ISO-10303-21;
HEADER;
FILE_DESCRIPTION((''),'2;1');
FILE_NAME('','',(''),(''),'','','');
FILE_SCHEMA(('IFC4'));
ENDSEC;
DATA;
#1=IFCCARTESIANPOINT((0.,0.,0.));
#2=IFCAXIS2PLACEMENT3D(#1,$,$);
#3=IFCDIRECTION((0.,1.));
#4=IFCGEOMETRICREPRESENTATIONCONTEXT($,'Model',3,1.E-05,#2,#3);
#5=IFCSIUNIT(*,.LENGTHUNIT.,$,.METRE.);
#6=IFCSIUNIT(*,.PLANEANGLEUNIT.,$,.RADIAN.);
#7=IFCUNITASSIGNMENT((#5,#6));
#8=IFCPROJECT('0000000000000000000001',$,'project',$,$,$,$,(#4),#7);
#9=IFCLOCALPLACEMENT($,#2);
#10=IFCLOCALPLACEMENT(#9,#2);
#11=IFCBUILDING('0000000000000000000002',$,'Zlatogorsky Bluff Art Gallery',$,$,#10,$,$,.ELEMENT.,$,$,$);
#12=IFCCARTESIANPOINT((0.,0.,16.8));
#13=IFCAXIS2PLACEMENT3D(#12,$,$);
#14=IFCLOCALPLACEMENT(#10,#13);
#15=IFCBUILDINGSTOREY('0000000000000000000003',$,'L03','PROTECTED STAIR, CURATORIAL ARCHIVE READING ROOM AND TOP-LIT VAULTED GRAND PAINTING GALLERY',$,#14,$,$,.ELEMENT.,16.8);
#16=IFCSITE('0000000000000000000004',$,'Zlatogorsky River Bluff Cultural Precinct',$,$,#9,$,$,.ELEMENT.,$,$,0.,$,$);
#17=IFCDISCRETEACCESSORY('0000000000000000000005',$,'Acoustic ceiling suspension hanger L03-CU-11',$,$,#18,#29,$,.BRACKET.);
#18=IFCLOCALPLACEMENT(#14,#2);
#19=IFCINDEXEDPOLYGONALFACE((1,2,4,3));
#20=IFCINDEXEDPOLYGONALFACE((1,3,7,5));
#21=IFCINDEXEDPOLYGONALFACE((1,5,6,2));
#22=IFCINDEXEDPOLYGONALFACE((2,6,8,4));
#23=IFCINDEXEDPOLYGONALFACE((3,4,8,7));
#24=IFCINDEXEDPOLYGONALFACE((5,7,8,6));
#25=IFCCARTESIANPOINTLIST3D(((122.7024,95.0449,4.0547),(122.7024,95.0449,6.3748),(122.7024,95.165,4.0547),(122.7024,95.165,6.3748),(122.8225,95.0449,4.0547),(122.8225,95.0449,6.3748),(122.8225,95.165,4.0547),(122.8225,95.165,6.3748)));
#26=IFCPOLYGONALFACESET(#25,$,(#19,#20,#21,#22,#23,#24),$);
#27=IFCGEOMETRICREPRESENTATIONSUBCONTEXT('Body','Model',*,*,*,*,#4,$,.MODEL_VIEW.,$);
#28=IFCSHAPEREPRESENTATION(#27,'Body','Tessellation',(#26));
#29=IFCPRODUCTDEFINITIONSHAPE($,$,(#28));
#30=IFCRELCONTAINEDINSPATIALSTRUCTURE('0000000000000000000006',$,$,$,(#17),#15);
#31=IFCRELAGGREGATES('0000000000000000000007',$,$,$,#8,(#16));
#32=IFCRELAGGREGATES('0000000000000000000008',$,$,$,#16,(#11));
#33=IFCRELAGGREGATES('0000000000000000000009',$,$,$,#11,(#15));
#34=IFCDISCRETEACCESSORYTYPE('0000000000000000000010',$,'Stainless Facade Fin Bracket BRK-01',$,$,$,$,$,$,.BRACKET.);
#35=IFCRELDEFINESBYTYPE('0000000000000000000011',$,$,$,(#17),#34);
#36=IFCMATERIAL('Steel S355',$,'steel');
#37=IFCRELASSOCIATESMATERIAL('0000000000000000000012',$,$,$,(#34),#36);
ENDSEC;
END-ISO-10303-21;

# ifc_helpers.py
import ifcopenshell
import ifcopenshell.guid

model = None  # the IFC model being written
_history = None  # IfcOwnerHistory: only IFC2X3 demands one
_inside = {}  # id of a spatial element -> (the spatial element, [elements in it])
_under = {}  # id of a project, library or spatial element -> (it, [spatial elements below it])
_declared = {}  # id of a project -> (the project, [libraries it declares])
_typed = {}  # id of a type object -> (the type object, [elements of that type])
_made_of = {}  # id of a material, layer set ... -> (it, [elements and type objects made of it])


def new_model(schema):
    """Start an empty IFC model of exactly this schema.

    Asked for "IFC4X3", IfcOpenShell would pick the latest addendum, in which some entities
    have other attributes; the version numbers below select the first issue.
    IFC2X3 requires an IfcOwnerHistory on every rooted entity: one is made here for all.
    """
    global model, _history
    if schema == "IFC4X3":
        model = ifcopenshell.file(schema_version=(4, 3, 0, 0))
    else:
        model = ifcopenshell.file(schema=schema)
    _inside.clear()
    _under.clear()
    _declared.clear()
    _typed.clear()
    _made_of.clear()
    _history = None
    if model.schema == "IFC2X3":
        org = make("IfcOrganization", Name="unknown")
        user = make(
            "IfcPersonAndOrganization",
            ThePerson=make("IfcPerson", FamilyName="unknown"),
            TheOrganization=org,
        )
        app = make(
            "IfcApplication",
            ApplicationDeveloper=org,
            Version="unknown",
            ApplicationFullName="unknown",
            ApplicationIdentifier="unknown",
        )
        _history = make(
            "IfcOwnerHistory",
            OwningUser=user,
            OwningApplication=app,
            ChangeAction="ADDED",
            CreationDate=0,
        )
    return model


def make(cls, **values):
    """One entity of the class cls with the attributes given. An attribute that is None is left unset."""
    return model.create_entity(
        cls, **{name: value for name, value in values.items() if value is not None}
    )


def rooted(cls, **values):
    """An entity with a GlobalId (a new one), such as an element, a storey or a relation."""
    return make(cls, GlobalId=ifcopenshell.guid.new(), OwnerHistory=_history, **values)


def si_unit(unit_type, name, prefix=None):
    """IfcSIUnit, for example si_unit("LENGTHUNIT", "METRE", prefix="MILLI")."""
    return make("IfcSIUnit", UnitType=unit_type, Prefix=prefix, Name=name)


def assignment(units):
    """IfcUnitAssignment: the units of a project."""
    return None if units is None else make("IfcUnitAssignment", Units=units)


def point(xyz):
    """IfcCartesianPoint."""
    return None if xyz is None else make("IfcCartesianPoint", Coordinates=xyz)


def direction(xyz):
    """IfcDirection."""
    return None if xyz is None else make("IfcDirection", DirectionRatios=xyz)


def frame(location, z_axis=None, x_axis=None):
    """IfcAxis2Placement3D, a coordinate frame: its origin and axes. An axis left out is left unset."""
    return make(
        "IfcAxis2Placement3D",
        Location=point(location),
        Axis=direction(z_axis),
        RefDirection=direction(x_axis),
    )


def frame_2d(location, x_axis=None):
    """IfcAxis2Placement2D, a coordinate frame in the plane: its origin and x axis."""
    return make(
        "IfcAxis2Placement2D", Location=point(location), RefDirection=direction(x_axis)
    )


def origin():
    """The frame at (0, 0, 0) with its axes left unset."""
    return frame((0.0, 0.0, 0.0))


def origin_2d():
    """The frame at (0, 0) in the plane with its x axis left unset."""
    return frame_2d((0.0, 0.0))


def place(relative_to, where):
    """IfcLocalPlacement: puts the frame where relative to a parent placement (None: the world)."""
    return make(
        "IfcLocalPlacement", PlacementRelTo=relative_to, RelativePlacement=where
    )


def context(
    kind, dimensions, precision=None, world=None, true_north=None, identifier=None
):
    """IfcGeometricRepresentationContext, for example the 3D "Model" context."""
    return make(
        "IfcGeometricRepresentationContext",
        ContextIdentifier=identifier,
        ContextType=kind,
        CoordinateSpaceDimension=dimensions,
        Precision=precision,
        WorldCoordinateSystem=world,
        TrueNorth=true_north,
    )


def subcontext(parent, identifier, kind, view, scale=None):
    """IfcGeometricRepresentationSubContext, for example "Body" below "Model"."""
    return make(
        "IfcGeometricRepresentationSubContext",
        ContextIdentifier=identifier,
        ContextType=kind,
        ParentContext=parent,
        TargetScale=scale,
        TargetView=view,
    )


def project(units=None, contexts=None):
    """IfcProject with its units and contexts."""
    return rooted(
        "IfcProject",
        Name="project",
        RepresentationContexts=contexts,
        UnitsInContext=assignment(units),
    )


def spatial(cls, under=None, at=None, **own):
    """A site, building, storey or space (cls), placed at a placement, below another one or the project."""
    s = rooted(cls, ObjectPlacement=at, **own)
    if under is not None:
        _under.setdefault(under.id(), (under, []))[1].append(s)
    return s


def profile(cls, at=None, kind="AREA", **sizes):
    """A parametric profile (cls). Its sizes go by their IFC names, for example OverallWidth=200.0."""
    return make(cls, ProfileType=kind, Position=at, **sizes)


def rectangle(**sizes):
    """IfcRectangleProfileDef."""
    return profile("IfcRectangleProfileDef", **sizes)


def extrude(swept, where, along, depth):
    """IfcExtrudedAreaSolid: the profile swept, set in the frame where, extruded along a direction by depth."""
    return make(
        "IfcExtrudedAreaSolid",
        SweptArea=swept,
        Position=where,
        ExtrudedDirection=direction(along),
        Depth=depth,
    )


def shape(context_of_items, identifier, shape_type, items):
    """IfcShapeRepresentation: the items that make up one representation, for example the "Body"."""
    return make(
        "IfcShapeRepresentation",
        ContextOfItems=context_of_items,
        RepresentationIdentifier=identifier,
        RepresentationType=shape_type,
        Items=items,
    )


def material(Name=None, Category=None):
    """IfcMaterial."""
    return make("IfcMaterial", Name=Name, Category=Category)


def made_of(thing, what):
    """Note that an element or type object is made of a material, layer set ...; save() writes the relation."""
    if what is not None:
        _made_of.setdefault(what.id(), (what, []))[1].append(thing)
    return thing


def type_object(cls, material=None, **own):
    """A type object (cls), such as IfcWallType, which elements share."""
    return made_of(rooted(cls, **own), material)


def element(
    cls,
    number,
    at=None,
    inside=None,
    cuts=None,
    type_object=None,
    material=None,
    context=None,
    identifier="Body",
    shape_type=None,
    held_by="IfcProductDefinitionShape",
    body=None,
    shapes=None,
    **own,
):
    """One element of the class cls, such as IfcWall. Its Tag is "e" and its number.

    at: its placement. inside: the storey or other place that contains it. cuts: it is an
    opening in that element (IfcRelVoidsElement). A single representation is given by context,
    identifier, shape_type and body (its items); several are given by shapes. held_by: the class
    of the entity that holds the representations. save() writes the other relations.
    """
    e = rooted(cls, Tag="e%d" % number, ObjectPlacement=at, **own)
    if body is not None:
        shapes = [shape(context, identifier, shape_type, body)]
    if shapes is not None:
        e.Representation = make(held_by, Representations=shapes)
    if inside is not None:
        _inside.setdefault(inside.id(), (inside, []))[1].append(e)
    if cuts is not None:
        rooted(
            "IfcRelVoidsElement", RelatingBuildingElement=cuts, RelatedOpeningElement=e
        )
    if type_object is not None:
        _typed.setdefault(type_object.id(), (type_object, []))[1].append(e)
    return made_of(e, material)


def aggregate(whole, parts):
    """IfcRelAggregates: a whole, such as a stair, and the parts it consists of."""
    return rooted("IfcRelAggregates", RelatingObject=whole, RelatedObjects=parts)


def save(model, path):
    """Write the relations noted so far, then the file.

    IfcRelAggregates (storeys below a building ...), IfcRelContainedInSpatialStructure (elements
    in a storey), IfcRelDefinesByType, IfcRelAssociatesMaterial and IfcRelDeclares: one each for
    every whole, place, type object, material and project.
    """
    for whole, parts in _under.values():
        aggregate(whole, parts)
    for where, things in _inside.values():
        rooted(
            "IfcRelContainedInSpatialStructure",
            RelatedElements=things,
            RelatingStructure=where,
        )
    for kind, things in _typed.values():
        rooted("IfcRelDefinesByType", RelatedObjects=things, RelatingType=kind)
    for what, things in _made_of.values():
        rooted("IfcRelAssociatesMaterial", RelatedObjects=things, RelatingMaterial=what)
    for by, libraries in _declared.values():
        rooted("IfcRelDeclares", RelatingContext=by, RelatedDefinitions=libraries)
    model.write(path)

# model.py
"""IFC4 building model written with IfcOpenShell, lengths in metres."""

from ifc_helpers import new_model, si_unit, direction, frame, origin, origin_2d, place, context, subcontext, project, spatial, rectangle, extrude, material, type_object, element, save


model = new_model("IFC4")

# Units and contexts
model_context = context("Model", 3, precision=1e-05, world=origin(), true_north=direction((0.0, 1.0)))
body_context = subcontext(model_context, "Body", "Model", "MODEL_VIEW")
ifc_project = project(units=[si_unit("LENGTHUNIT", "METRE"), si_unit("PLANEANGLEUNIT", "RADIAN")], contexts=[model_context])

# Site, building, storey
site_placement = place(None, origin())
site = spatial("IfcSite", under=ifc_project, at=site_placement, Name="Zlatogorsky River Bluff Cultural Precinct", CompositionType="ELEMENT", RefElevation=0.0)
building_placement = place(site_placement, origin())
building = spatial("IfcBuilding", under=site, at=building_placement, Name="Zlatogorsky Bluff Art Gallery", CompositionType="ELEMENT")
storey_placement = place(building_placement, frame((0.0, 0.0, 16.8)))
storey = spatial("IfcBuildingStorey", under=building, at=storey_placement, Name="L03", Description="PROTECTED STAIR, CURATORIAL ARCHIVE READING ROOM AND TOP-LIT VAULTED GRAND PAINTING GALLERY", CompositionType="ELEMENT", Elevation=16.8)

# Shared definitions
ifc_material_1 = material(Name="Steel S355", Category="steel")

# Discrete accessory
discrete_accessory_type = type_object("IfcDiscreteAccessoryType", Name="Stainless Facade Fin Bracket BRK-01", PredefinedType="BRACKET", material=ifc_material_1)
for number, where, z_axis, x_axis, name in (
    (1, (122.7625, 95.105, 4.0547), (0.0, 0.0, 1.0), (1.0, 0.0, 0.0), "Acoustic ceiling suspension hanger L03-CU-11"),
):
    element("IfcDiscreteAccessory", number, at=place(storey_placement, frame(where, z_axis=z_axis, x_axis=x_axis)), inside=storey, type_object=discrete_accessory_type, Name=name, PredefinedType="BRACKET", context=body_context, shape_type="SweptSolid", body=[
        extrude(rectangle(XDim=0.1201, YDim=0.1201, at=origin_2d()), origin(), (0.0, 0.0, 1.0), 2.3201),
    ])

save(model, "model.ifc")
